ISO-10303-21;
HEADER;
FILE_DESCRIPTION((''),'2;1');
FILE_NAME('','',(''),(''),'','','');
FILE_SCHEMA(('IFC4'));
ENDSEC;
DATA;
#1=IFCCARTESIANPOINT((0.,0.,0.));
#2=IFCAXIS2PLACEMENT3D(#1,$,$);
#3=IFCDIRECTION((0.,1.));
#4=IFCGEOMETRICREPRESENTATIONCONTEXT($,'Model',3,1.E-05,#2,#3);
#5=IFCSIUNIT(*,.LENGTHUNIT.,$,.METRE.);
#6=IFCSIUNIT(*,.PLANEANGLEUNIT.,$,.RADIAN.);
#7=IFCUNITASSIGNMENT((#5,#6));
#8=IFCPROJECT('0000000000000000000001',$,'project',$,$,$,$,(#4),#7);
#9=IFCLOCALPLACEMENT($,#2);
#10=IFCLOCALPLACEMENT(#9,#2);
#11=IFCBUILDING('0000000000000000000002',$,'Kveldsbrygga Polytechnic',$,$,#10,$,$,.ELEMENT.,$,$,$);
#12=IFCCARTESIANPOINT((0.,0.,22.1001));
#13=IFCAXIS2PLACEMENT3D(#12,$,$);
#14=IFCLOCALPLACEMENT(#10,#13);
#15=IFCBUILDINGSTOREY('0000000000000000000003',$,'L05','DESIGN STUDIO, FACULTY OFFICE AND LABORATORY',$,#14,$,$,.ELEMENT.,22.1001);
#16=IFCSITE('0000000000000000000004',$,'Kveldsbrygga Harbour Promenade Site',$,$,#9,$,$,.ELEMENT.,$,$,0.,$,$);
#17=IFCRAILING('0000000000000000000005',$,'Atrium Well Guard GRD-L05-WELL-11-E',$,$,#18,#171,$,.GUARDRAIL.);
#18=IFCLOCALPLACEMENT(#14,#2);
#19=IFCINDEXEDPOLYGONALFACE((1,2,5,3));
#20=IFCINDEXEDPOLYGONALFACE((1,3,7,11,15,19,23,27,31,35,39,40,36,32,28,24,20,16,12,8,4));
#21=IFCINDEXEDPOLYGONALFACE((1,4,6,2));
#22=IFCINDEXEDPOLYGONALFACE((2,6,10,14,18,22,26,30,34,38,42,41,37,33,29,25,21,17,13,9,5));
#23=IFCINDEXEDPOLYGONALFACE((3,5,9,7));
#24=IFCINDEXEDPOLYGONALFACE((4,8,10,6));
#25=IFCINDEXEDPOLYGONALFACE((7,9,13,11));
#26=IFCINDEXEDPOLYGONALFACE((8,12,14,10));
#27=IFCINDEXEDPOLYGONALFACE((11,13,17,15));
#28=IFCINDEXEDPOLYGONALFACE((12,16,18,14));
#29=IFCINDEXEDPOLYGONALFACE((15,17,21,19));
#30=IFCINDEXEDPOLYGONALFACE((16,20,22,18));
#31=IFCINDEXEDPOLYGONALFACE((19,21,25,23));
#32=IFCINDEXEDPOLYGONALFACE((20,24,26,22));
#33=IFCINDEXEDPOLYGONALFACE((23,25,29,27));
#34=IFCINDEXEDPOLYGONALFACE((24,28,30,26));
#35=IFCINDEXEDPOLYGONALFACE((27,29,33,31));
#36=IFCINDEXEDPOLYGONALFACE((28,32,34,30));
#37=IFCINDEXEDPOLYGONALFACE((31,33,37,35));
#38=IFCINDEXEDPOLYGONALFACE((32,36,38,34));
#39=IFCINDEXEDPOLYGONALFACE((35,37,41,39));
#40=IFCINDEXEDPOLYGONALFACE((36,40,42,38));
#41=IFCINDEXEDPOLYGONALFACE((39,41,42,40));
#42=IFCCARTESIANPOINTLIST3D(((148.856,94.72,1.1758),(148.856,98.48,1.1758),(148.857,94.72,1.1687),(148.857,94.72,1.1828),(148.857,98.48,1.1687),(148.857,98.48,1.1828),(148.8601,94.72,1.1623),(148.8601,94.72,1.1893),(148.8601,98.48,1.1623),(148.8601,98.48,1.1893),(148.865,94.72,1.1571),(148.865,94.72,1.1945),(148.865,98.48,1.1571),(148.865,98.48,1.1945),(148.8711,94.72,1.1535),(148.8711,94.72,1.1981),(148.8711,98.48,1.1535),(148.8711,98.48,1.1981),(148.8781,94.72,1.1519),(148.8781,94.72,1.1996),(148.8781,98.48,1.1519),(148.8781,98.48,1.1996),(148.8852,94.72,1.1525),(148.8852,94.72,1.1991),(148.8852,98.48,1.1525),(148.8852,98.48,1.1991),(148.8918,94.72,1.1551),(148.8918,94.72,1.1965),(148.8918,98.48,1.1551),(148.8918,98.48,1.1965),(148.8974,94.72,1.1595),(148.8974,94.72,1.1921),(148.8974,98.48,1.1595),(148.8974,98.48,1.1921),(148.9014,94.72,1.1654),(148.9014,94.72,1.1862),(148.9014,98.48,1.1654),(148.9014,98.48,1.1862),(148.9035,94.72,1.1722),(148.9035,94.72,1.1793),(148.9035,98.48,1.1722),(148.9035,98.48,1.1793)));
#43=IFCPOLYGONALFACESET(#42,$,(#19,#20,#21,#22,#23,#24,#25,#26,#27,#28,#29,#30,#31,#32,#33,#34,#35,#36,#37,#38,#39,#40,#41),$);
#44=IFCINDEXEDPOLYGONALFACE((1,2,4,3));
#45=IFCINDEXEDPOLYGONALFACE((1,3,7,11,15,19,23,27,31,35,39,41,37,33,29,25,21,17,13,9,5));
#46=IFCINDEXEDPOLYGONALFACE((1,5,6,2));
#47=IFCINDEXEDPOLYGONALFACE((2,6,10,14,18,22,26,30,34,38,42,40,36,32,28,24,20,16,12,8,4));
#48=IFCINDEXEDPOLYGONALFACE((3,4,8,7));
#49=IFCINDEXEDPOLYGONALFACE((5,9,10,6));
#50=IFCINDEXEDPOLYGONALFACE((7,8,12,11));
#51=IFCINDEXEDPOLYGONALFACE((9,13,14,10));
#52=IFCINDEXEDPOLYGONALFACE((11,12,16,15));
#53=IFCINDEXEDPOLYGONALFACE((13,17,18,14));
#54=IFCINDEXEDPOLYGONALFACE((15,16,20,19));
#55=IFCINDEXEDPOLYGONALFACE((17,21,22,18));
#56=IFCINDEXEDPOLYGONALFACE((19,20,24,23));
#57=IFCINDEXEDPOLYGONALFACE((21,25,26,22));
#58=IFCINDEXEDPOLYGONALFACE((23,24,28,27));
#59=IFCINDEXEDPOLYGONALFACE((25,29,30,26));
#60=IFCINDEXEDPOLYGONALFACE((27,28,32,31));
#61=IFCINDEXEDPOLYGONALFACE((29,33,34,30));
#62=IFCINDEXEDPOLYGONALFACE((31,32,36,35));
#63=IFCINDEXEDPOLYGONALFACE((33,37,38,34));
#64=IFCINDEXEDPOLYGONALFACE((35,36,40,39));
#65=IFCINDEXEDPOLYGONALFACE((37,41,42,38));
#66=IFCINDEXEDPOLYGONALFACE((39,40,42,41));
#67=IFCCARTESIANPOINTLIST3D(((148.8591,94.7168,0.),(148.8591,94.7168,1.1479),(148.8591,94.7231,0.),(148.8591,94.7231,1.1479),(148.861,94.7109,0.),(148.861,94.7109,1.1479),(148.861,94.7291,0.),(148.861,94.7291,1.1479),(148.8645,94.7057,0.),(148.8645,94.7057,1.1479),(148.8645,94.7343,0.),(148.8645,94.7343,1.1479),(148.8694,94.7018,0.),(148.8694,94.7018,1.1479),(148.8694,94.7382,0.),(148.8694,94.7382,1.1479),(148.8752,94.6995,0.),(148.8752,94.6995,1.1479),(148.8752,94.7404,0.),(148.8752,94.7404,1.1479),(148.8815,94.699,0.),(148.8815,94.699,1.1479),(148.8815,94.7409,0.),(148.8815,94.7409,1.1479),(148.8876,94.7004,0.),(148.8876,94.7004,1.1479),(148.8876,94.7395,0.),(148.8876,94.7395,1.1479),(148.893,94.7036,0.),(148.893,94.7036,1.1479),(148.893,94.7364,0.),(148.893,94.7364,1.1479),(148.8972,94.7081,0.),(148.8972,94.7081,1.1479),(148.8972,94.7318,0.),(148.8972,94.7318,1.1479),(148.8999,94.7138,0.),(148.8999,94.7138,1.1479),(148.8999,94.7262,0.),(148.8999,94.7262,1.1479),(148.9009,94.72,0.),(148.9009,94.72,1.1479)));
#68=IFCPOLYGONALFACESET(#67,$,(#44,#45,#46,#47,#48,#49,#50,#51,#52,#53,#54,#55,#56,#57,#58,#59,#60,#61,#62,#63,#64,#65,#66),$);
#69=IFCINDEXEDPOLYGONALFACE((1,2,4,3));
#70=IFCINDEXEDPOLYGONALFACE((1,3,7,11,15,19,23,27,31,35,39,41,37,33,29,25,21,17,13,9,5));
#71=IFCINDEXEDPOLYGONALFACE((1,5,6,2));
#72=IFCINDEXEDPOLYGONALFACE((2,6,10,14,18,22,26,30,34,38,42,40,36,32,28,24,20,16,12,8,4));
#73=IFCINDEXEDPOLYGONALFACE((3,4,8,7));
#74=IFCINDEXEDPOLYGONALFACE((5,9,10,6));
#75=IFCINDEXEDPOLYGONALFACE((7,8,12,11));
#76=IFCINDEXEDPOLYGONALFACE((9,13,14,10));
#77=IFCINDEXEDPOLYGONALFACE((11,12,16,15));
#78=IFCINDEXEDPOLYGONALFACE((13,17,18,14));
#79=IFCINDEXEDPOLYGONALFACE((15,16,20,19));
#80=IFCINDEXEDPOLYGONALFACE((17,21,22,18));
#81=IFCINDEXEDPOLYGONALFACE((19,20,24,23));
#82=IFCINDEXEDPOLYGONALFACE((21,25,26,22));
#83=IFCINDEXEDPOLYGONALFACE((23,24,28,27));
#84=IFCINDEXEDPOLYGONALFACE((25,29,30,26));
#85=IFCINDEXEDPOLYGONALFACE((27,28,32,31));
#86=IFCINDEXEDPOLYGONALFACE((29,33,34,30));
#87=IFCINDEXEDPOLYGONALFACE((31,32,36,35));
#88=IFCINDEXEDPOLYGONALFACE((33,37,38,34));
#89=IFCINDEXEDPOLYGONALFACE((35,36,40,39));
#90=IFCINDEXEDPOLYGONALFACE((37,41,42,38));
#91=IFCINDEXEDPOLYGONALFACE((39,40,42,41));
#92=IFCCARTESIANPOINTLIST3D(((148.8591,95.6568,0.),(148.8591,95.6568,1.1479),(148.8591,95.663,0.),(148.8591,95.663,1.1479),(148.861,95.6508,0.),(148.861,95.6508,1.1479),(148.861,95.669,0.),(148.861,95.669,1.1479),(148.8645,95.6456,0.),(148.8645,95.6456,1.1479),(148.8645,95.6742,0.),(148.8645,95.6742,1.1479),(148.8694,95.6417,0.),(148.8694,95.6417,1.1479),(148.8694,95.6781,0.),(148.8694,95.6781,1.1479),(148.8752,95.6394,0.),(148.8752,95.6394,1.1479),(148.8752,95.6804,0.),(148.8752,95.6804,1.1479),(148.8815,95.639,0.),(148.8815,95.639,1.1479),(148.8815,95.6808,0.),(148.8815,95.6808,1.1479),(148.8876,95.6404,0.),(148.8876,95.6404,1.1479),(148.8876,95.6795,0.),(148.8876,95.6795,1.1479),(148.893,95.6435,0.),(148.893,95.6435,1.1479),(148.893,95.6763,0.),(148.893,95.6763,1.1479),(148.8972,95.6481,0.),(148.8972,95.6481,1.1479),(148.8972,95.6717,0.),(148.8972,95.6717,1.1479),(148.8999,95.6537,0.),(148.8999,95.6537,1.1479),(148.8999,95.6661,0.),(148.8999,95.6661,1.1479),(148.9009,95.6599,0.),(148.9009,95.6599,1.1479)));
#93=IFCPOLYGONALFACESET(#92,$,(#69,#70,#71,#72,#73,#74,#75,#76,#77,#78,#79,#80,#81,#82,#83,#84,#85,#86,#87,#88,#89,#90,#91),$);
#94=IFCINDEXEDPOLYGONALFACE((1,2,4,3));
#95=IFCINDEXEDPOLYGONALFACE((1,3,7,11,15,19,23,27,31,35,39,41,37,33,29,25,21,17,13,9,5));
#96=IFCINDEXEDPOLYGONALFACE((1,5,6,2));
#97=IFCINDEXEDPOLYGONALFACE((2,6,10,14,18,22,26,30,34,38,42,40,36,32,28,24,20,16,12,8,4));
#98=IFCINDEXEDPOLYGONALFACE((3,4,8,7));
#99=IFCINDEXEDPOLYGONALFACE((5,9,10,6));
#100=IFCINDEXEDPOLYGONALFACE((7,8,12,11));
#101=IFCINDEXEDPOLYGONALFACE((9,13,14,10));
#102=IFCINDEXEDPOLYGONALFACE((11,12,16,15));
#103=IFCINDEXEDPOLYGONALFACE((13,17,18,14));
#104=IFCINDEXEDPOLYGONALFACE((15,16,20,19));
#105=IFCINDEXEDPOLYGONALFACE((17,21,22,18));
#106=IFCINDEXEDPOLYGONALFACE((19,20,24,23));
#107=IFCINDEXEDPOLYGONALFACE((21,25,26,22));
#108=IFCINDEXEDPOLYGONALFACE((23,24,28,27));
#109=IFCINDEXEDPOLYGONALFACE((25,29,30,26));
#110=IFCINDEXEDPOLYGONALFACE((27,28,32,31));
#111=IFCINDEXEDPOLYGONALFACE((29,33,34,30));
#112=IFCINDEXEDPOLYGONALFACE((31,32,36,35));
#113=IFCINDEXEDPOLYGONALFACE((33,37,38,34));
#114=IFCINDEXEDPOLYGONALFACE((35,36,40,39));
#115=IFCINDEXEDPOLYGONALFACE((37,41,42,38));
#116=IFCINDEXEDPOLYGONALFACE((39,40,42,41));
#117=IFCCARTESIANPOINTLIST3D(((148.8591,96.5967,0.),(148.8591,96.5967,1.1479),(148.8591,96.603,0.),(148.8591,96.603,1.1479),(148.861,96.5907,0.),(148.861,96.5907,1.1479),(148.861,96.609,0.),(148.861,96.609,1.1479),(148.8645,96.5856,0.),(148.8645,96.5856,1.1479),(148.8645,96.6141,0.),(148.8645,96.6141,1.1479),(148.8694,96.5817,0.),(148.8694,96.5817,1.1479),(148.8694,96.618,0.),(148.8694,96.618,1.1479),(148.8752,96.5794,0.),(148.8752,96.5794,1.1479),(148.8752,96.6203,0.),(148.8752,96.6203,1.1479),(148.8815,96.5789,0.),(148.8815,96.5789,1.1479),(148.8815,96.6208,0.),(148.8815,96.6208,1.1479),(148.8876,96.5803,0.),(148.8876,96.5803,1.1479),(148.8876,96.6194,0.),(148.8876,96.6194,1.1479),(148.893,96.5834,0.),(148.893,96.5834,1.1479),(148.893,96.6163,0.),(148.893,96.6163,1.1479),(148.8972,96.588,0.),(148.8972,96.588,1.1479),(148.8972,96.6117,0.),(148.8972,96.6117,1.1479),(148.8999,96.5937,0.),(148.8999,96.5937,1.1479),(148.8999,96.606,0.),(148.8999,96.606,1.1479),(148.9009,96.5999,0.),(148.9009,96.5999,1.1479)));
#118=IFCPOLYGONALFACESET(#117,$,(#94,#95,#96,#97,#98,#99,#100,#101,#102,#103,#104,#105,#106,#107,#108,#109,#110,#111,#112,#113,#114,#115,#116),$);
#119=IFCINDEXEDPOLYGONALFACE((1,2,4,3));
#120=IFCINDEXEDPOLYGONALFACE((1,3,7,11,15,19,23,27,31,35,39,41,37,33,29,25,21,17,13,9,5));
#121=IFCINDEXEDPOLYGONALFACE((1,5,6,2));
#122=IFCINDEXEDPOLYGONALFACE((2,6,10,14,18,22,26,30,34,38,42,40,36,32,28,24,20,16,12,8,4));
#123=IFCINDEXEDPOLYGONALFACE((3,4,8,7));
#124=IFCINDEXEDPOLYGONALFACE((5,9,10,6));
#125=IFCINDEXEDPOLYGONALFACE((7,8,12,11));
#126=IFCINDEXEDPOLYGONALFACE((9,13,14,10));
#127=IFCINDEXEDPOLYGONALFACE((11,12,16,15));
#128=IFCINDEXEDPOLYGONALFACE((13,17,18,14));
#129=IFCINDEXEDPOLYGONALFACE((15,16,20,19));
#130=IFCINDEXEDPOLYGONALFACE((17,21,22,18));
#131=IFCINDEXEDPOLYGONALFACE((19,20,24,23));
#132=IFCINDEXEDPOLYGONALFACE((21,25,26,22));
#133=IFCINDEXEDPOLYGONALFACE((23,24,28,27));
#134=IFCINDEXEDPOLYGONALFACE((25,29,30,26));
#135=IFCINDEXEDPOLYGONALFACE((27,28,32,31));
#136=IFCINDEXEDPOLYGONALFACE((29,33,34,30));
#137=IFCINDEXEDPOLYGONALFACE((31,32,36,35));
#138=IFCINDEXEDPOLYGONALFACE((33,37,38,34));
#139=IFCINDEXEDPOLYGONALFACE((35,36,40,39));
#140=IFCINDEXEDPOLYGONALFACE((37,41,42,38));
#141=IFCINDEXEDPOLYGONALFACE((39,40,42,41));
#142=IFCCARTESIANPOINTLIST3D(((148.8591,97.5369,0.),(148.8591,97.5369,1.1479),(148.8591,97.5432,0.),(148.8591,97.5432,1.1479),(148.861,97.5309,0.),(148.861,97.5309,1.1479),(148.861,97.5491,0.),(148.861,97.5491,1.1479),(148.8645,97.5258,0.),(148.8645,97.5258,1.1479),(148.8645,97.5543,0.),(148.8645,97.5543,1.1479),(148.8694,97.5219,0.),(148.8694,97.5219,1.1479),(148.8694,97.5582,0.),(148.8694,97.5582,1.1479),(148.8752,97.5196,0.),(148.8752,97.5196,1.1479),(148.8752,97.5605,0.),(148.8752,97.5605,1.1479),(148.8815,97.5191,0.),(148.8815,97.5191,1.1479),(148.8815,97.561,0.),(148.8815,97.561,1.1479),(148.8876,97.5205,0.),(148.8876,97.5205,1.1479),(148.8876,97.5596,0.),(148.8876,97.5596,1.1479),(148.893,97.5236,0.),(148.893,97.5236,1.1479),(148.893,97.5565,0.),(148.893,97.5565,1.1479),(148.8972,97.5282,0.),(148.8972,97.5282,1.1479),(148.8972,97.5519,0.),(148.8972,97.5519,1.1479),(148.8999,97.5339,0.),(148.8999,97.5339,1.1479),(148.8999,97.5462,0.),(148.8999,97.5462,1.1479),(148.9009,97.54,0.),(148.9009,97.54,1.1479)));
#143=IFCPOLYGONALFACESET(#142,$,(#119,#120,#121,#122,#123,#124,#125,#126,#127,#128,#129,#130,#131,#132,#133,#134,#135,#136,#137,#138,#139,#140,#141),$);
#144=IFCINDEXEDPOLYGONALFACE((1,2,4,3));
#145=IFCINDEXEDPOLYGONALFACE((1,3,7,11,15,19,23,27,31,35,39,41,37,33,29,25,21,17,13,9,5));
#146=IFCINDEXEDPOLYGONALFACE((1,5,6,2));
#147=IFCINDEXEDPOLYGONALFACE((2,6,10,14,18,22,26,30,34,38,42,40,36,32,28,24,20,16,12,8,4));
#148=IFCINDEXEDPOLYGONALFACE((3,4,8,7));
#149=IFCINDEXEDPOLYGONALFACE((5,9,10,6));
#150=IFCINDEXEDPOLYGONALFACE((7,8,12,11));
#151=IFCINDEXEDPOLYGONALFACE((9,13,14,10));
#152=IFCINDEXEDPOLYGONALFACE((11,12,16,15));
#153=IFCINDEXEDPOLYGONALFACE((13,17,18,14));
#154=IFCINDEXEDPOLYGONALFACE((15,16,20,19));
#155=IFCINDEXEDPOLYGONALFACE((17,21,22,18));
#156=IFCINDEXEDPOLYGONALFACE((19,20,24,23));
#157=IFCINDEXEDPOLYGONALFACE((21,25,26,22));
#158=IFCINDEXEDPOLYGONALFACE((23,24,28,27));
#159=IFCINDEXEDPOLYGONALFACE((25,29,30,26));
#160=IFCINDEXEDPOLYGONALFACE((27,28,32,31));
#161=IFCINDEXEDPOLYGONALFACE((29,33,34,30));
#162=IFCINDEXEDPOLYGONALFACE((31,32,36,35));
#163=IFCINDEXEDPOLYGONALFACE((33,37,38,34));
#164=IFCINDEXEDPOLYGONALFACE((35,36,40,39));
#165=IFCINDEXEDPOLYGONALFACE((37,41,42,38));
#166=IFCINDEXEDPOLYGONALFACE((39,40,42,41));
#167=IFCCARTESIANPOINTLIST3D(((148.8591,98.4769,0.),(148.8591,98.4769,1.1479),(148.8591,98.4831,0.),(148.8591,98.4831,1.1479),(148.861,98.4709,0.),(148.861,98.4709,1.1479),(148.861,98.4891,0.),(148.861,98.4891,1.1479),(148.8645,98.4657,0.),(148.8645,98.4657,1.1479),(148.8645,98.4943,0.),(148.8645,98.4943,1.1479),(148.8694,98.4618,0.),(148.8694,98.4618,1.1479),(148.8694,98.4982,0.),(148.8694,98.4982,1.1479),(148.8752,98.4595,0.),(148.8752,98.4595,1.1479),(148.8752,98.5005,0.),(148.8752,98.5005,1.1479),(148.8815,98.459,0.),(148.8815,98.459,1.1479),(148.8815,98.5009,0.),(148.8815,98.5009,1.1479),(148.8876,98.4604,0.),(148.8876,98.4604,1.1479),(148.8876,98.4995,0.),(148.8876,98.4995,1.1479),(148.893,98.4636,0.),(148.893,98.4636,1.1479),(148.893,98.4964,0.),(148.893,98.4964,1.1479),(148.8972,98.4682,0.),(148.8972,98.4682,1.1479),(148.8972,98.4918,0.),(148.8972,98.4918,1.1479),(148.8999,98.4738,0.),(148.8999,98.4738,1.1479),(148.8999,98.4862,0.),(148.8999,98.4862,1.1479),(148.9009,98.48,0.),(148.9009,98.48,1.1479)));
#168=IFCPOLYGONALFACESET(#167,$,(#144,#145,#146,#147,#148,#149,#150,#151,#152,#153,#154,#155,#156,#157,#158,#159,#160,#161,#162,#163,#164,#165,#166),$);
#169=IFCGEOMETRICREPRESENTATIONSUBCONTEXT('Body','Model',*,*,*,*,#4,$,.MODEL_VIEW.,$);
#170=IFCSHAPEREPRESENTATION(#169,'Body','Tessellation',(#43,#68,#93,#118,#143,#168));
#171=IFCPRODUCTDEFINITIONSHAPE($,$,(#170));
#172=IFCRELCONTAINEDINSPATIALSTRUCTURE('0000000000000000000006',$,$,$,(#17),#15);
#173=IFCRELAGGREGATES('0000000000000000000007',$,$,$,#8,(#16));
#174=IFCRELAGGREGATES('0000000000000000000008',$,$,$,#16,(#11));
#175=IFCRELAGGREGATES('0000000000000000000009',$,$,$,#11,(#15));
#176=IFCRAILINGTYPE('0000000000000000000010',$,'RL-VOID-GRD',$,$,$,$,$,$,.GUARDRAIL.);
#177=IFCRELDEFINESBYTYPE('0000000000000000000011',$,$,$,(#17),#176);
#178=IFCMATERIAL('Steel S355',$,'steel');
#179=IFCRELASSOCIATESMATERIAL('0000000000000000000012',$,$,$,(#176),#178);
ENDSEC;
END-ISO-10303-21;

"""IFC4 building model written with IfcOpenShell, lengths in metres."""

from ifc_helpers import new_model, si_unit, direction, frame, origin, origin_2d, place, context, subcontext, project, spatial, circle, extrude, material, type_object, element, save


model = new_model("IFC4")

# Units and contexts
model_context = context("Model", 3, precision=1e-05, world=origin(), true_north=direction((0.0, 1.0)))
body_context = subcontext(model_context, "Body", "Model", "MODEL_VIEW")
ifc_project = project(units=[si_unit("LENGTHUNIT", "METRE"), si_unit("PLANEANGLEUNIT", "RADIAN")], contexts=[model_context])

# Site, building, storey
site_placement = place(None, origin())
site = spatial("IfcSite", under=ifc_project, at=site_placement, Name="Kveldsbrygga Harbour Promenade Site", CompositionType="ELEMENT", RefElevation=0.0)
building_placement = place(site_placement, origin())
building = spatial("IfcBuilding", under=site, at=building_placement, Name="Kveldsbrygga Polytechnic", CompositionType="ELEMENT")
storey_placement = place(building_placement, frame((0.0, 0.0, 22.1001)))
storey = spatial("IfcBuildingStorey", under=building, at=storey_placement, Name="L05", Description="DESIGN STUDIO, FACULTY OFFICE AND LABORATORY", CompositionType="ELEMENT", Elevation=22.1001)

# Shared definitions
ifc_material_1 = material(Name="Steel S355", Category="steel")

# Railing
railing_type = type_object("IfcRailingType", Name="RL-VOID-GRD", PredefinedType="GUARDRAIL", material=ifc_material_1)
railing_1_placement = place(storey_placement, frame((148.8799, 94.72, 0.0)))
element("IfcRailing", 1, at=railing_1_placement, inside=storey, type_object=railing_type, Name="Atrium Well Guard GRD-L05-WELL-11-E", PredefinedType="GUARDRAIL", context=body_context, shape_type="SweptSolid", body=[
    extrude(circle(Radius=0.0239, at=origin_2d()), frame((0.0, 0.0, 1.1758), z_axis=(0.0, 1.0, 0.0), x_axis=(-1.0, 0.0, 0.0)), (0.0, 0.0, 1.0), 3.76),
    extrude(circle(Radius=0.021, at=origin_2d()), origin(), (0.0, 0.0, 1.0), 1.1479),
    extrude(circle(Radius=0.021, at=origin_2d()), frame((0.0, 0.9399, 0.0)), (0.0, 0.0, 1.0), 1.1479),
    extrude(circle(Radius=0.021, at=origin_2d()), frame((0.0, 1.8799, 0.0)), (0.0, 0.0, 1.0), 1.1479),
    extrude(circle(Radius=0.021, at=origin_2d()), frame((0.0, 2.8201, 0.0)), (0.0, 0.0, 1.0), 1.1479),
    extrude(circle(Radius=0.021, at=origin_2d()), frame((0.0, 3.76, 0.0)), (0.0, 0.0, 1.0), 1.1479),
])

save(model, "model.ifc")
